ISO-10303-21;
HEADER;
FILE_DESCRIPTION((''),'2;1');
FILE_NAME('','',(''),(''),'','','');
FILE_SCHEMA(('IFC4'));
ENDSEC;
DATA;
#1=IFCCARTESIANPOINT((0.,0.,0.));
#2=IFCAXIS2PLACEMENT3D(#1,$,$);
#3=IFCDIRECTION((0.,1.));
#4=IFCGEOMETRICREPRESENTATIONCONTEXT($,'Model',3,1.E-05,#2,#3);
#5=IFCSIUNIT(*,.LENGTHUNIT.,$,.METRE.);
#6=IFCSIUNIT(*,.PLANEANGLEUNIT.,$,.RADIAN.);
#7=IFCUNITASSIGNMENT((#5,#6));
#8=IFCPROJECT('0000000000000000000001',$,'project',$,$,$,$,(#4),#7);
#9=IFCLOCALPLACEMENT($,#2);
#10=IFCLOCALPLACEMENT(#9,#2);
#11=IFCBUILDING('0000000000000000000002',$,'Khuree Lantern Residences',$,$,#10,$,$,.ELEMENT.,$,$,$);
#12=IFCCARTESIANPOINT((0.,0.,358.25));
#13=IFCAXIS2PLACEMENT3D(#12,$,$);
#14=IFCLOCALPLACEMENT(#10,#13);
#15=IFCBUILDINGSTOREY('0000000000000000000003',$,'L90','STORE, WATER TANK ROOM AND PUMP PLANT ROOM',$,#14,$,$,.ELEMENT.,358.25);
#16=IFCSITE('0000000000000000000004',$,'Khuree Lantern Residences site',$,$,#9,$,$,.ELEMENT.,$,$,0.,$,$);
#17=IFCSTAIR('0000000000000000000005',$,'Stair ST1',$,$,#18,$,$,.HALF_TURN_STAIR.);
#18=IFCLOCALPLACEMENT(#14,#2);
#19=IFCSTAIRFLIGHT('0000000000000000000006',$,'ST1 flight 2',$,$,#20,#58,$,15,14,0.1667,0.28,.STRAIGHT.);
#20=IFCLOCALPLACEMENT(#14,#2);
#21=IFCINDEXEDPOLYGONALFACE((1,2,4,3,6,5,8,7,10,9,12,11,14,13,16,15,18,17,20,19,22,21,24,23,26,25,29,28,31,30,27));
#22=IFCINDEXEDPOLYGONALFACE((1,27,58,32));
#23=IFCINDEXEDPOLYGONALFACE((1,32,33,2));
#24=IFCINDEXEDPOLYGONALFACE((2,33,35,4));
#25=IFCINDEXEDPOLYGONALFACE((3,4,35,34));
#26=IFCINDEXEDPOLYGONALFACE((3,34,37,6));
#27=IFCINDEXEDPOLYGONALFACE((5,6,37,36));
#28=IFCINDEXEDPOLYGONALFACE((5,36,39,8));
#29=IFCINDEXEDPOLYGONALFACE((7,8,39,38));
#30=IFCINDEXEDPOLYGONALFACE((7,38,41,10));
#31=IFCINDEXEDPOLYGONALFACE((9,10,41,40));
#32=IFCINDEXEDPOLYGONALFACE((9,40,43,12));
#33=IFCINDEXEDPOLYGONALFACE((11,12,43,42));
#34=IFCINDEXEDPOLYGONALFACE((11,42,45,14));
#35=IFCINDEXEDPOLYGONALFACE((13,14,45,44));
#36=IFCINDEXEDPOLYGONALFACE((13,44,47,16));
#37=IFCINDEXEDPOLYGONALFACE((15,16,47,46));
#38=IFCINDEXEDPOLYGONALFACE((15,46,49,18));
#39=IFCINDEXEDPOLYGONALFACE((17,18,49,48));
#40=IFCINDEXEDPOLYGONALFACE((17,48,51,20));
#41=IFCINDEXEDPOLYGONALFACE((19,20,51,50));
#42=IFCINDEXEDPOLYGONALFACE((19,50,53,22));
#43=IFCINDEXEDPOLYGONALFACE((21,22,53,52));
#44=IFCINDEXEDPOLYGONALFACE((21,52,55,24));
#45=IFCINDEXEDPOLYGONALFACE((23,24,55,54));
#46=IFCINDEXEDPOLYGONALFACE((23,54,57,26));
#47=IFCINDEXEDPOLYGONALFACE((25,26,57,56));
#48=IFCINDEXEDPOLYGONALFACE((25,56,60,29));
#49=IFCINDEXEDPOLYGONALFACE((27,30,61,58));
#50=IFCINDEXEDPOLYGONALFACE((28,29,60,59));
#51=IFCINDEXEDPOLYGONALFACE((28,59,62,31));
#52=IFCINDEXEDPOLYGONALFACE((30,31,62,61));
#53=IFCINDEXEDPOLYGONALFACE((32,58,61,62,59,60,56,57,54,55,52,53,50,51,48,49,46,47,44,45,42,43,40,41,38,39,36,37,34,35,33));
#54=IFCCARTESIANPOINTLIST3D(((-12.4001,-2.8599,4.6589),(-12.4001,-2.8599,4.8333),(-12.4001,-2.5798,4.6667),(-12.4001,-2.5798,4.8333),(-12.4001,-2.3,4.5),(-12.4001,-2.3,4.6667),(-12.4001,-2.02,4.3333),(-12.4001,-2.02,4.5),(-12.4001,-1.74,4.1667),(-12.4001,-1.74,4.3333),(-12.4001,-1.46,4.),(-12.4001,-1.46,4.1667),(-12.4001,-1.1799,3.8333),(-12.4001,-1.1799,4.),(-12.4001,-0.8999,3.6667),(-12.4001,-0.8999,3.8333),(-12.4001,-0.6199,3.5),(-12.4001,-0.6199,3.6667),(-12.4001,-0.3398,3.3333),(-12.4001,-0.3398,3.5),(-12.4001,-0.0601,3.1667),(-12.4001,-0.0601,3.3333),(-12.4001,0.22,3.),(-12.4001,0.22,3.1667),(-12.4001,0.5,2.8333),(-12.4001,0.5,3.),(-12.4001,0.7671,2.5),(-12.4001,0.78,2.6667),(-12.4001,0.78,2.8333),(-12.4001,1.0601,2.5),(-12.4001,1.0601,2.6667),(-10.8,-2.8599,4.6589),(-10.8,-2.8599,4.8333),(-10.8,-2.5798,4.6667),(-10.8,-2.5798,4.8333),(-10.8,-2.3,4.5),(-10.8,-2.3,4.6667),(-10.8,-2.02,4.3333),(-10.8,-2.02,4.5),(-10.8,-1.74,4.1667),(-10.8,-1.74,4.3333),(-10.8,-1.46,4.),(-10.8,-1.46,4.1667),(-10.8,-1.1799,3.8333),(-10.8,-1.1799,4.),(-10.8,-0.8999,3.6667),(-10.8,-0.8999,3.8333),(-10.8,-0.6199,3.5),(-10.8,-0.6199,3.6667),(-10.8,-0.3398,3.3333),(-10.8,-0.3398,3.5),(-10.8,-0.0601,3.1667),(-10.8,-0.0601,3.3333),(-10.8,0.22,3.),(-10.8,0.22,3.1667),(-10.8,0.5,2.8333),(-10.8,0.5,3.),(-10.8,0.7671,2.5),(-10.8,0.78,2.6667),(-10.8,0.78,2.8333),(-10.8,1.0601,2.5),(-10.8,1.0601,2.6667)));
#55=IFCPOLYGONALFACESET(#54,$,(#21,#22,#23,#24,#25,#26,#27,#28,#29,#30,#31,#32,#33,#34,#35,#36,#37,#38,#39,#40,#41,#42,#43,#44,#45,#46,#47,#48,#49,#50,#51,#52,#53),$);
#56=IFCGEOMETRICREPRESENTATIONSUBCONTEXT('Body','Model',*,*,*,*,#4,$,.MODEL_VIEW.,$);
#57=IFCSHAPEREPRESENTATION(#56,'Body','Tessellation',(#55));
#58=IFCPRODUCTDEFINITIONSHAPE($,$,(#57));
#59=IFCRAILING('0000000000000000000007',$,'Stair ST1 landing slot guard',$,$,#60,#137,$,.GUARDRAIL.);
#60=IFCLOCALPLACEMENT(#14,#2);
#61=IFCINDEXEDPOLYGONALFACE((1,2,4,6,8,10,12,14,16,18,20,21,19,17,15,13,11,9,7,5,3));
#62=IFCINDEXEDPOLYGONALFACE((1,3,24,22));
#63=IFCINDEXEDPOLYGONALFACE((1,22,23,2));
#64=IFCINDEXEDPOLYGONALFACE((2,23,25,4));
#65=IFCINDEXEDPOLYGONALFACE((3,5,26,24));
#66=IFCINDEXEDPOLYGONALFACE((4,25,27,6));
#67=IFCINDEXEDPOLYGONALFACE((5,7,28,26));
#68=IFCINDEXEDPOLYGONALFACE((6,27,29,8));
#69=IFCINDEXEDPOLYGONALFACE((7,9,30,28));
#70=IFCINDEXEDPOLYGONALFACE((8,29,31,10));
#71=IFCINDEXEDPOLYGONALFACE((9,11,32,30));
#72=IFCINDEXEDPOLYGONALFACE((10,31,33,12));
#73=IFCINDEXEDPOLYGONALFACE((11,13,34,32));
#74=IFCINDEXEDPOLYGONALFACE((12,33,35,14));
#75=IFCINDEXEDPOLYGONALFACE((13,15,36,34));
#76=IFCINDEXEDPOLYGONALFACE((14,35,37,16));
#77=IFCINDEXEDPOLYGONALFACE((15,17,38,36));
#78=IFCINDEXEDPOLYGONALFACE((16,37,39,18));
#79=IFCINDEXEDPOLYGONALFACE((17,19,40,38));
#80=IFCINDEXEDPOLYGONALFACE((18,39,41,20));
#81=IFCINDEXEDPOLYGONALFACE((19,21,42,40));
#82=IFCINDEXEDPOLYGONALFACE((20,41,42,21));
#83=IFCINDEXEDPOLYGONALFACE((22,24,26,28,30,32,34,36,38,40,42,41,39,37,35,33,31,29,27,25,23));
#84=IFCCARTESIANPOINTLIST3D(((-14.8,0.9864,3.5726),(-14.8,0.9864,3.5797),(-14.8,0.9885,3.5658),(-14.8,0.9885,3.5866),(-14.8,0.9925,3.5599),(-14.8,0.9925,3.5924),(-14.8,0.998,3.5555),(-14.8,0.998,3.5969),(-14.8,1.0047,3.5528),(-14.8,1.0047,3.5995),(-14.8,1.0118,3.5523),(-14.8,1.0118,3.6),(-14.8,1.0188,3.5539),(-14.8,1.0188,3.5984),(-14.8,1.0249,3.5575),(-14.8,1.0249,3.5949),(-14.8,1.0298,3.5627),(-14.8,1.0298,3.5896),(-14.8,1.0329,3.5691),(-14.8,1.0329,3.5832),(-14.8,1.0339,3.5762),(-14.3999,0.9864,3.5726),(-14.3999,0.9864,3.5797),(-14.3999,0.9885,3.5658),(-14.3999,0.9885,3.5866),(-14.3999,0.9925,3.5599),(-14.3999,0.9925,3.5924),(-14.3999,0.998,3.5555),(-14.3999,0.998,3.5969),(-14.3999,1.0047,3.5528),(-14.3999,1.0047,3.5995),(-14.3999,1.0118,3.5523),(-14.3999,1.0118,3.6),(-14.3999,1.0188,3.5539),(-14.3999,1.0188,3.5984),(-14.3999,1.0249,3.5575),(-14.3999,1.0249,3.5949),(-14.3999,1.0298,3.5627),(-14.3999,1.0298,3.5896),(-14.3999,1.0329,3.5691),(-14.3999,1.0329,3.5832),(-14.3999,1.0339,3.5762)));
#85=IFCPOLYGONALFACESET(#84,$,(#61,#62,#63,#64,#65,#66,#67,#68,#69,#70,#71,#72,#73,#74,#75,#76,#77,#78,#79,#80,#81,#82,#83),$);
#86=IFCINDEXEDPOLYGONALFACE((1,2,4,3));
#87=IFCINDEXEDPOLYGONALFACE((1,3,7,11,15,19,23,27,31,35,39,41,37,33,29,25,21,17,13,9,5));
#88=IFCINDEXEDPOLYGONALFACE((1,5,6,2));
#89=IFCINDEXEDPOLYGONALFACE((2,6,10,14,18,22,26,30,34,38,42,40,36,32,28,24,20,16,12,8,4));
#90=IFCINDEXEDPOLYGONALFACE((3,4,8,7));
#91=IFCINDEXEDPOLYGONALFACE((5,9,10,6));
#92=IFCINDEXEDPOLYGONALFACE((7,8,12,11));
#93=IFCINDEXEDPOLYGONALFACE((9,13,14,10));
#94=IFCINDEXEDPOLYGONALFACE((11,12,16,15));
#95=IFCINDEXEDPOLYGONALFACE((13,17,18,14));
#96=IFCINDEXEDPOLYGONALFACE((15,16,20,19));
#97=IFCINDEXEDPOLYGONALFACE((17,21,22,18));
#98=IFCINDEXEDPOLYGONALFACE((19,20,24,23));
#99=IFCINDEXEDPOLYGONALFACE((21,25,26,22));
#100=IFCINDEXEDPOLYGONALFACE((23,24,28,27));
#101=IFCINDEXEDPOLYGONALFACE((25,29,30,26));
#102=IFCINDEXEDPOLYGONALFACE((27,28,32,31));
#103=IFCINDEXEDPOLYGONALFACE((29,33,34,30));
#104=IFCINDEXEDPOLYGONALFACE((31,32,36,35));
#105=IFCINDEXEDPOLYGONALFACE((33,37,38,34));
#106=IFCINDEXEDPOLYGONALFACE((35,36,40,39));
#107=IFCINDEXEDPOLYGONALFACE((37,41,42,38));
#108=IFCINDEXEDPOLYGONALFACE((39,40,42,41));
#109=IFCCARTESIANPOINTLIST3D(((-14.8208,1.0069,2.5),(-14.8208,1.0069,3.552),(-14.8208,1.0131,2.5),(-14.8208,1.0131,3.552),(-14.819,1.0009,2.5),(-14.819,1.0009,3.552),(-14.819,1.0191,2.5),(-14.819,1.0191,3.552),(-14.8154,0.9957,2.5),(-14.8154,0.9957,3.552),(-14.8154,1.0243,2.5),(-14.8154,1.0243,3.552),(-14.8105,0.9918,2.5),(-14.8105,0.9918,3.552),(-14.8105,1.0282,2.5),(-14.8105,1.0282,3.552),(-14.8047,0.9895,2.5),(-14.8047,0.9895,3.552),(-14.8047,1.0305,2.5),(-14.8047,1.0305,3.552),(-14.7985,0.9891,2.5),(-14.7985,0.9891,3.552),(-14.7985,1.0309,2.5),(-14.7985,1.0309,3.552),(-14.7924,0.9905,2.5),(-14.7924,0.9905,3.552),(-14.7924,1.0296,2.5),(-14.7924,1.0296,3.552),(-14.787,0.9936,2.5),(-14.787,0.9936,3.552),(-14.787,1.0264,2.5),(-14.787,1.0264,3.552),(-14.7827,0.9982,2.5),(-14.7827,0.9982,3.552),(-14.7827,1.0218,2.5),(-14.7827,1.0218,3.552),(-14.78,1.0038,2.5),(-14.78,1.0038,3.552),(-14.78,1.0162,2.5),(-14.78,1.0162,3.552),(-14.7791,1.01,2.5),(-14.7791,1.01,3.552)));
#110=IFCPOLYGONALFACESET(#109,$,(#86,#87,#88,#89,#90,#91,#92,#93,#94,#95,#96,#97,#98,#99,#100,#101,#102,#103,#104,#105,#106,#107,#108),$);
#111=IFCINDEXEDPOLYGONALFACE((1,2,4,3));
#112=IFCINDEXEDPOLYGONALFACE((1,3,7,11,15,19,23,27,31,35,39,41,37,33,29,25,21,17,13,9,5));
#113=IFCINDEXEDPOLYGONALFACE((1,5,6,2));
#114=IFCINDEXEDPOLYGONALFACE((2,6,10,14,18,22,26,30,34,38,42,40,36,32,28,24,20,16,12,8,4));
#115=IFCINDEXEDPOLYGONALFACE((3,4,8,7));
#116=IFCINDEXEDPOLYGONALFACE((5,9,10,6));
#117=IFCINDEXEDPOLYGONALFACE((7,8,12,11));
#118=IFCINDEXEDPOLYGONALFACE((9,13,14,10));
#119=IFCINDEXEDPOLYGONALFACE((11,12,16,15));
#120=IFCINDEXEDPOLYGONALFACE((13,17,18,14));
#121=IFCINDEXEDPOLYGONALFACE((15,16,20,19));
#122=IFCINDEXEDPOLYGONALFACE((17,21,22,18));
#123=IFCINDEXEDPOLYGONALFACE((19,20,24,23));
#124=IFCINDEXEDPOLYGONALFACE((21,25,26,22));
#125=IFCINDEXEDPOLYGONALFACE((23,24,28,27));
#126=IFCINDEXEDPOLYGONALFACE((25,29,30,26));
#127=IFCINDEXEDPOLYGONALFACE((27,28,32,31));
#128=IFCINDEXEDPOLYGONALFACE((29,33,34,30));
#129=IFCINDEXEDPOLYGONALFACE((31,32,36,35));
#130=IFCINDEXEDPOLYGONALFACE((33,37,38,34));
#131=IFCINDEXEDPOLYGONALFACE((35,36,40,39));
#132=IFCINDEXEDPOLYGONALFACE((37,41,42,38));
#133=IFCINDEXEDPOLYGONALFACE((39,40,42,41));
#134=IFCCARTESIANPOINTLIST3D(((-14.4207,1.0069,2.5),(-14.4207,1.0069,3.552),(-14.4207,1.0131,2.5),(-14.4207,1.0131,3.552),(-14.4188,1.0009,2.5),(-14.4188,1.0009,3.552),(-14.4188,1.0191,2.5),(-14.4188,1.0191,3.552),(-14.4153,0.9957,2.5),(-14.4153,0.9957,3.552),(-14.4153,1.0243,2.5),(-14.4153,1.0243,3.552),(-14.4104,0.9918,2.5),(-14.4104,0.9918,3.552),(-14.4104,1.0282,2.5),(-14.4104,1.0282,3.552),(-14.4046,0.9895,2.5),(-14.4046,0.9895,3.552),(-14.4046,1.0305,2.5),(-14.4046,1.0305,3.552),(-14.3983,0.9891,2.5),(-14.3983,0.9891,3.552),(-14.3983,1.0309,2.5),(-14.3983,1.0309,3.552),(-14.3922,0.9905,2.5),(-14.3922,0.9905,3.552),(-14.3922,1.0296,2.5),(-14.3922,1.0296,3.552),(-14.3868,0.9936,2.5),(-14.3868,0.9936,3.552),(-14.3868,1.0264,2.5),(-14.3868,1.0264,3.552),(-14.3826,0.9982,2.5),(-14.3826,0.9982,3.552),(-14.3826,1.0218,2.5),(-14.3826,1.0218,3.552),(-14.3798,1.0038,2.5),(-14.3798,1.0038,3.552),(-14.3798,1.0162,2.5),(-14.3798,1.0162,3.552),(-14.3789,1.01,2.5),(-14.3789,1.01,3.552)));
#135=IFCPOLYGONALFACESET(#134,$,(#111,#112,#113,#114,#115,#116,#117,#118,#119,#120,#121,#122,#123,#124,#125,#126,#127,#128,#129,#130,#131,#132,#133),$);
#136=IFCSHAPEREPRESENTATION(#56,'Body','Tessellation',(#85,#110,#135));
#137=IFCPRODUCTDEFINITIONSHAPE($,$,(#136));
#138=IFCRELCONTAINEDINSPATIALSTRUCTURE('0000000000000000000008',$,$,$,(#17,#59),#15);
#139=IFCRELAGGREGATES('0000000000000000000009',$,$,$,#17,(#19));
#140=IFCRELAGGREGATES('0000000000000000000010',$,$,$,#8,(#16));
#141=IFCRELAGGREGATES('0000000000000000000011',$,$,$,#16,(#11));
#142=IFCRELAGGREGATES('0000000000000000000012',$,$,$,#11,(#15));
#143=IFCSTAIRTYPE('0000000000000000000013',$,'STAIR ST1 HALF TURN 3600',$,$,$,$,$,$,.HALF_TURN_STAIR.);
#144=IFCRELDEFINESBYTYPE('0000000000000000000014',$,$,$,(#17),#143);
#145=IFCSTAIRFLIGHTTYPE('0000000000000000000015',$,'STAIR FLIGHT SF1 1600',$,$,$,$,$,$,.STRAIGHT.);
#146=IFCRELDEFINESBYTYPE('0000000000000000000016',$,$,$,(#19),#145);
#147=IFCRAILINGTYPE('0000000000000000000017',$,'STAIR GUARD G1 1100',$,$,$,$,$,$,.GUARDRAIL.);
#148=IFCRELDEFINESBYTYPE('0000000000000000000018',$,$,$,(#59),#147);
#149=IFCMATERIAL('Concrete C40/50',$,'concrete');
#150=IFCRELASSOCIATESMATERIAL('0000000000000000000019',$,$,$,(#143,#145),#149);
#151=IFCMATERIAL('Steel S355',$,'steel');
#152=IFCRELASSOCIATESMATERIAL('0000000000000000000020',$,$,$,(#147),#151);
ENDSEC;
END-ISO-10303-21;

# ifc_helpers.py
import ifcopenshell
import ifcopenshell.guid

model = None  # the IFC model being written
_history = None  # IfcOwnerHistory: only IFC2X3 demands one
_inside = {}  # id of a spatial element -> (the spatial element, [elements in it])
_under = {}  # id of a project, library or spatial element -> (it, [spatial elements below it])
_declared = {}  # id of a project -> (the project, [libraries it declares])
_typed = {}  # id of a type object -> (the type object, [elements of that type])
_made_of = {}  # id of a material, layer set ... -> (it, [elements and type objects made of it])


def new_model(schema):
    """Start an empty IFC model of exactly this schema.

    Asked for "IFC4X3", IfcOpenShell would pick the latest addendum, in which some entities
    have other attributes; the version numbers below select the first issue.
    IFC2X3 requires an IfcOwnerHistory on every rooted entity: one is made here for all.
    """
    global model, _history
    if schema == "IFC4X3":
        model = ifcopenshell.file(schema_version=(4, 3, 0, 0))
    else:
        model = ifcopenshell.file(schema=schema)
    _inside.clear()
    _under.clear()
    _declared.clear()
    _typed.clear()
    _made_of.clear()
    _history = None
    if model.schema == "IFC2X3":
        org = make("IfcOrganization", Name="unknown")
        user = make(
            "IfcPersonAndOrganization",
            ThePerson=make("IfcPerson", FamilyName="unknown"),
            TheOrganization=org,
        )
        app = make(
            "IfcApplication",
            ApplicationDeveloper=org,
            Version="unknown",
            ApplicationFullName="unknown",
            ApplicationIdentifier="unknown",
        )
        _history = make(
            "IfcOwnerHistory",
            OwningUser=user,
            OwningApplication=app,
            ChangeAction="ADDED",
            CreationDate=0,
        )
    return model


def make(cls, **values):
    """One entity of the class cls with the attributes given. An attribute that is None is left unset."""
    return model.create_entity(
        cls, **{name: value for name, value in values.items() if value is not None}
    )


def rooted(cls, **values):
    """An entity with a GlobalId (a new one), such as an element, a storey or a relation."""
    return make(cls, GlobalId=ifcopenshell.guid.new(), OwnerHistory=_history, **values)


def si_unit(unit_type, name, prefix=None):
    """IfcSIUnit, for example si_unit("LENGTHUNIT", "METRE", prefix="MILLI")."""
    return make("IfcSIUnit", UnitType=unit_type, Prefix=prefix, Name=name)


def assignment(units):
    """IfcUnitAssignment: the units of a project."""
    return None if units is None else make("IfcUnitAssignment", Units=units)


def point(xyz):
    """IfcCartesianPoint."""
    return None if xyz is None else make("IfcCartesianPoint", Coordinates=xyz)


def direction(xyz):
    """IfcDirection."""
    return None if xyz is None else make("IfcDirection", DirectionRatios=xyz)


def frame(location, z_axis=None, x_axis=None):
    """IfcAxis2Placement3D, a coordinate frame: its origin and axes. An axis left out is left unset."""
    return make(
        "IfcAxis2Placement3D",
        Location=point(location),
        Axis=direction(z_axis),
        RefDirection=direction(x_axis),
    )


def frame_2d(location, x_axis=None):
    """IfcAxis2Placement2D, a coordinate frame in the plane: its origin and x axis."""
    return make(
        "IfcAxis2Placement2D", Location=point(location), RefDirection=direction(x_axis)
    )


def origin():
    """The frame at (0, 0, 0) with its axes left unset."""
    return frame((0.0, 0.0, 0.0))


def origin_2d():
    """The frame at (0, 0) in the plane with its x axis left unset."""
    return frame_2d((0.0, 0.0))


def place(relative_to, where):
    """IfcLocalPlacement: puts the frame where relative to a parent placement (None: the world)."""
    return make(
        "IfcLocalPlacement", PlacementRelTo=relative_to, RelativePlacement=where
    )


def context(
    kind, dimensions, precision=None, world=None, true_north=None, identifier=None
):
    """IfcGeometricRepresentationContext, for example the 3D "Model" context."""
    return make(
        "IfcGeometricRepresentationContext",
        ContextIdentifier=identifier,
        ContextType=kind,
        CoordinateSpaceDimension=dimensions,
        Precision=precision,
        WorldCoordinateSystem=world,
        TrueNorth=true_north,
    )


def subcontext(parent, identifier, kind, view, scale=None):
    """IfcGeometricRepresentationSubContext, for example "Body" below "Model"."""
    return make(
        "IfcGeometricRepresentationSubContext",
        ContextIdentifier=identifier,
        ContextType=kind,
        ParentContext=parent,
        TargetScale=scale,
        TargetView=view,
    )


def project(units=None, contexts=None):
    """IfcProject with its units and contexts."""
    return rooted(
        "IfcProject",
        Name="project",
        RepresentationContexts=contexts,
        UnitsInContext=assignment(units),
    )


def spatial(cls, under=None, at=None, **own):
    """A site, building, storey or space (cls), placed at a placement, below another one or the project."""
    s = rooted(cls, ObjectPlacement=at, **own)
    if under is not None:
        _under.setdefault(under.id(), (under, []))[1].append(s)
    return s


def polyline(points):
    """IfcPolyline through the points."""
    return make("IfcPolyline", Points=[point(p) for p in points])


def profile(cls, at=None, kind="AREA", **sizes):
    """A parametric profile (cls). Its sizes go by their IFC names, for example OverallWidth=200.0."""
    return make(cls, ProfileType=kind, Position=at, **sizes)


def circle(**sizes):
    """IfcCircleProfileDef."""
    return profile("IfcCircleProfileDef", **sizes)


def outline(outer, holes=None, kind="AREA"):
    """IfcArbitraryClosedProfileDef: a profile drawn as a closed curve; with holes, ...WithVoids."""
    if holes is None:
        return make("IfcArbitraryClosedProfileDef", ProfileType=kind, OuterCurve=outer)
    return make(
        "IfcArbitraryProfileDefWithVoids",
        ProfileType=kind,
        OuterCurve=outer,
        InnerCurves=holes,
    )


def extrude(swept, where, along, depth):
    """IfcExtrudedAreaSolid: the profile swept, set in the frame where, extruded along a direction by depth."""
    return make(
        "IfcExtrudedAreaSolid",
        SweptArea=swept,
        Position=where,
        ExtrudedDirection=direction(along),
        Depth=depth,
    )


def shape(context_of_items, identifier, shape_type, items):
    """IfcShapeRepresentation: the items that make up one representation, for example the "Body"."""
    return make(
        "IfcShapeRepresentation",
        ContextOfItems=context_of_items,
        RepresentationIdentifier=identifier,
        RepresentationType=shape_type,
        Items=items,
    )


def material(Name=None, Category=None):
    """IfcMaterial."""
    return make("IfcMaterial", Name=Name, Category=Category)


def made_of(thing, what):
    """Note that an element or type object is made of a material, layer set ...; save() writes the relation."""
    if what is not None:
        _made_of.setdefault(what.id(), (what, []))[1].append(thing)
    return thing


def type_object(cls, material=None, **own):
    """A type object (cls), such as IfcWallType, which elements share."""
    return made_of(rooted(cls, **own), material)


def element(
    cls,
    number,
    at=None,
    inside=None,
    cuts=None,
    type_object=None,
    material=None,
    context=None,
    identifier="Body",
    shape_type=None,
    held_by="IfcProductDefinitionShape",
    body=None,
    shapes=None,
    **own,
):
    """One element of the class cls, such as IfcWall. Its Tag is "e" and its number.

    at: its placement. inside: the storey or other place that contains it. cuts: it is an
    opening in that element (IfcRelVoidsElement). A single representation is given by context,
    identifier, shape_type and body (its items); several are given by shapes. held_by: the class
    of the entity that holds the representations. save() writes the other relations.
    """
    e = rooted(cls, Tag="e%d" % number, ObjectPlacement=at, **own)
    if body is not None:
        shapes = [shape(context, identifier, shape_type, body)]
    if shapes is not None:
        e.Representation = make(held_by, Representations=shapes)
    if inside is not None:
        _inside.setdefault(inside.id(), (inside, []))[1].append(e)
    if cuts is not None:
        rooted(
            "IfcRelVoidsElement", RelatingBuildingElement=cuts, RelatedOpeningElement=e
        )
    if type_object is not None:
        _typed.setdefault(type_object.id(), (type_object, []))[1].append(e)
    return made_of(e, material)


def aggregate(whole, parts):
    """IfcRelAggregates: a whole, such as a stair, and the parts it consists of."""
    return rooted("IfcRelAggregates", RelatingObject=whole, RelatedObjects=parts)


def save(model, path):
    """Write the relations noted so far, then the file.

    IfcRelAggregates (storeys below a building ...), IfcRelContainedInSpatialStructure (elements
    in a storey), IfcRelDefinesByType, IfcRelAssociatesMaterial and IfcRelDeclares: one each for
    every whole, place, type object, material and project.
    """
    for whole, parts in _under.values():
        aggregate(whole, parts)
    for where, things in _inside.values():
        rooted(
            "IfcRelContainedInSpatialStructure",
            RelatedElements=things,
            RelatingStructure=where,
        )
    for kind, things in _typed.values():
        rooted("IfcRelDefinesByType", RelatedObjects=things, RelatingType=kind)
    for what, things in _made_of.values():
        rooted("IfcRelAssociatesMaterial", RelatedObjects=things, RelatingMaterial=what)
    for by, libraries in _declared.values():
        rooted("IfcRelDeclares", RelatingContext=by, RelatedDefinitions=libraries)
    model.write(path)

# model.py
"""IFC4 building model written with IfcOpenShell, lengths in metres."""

from ifc_helpers import new_model, si_unit, direction, frame, origin, origin_2d, place, context, subcontext, project, spatial, polyline, circle, outline, extrude, material, type_object, element, aggregate, save


model = new_model("IFC4")

# Units and contexts
model_context = context("Model", 3, precision=1e-05, world=origin(), true_north=direction((0.0, 1.0)))
body_context = subcontext(model_context, "Body", "Model", "MODEL_VIEW")
ifc_project = project(units=[si_unit("LENGTHUNIT", "METRE"), si_unit("PLANEANGLEUNIT", "RADIAN")], contexts=[model_context])

# Site, building, storey
site_placement = place(None, origin())
site = spatial("IfcSite", under=ifc_project, at=site_placement, Name="Khuree Lantern Residences site", CompositionType="ELEMENT", RefElevation=0.0)
building_placement = place(site_placement, origin())
building = spatial("IfcBuilding", under=site, at=building_placement, Name="Khuree Lantern Residences", CompositionType="ELEMENT")
storey_placement = place(building_placement, frame((0.0, 0.0, 358.25)))
storey = spatial("IfcBuildingStorey", under=building, at=storey_placement, Name="L90", Description="STORE, WATER TANK ROOM AND PUMP PLANT ROOM", CompositionType="ELEMENT", Elevation=358.25)

# Shared definitions
ifc_material_1 = material(Name="Steel S355", Category="steel")

# Stair, stair flight
ifc_material_2 = material(Name="Concrete C40/50", Category="concrete")
stair_type = type_object("IfcStairType", Name="STAIR ST1 HALF TURN 3600", PredefinedType="HALF_TURN_STAIR", material=ifc_material_2)
stair_placement = place(storey_placement, origin())
stair = element("IfcStair", 1, at=stair_placement, inside=storey, type_object=stair_type, Name="Stair ST1", PredefinedType="HALF_TURN_STAIR")
stair_flight_type = type_object("IfcStairFlightType", Name="STAIR FLIGHT SF1 1600", PredefinedType="STRAIGHT", material=ifc_material_2)
stair_flight_placement = place(storey_placement, frame((-11.6001, 1.0601, 2.5), z_axis=(0.0, 0.0, 1.0), x_axis=(0.0, -1.0, 0.0)))
stair_flight = element("IfcStairFlight", 2, at=stair_flight_placement, type_object=stair_flight_type, Name="ST1 flight 2", NumberOfRisers=15, NumberOfTreads=14, PredefinedType="STRAIGHT", RiserHeight=0.1667, TreadLength=0.28, context=body_context, shape_type="SweptSolid", body=[
    extrude(outline(polyline([(0.0, 0.0), (0.0, 0.1667), (0.28, 0.1667), (0.28, 0.3333), (0.5601, 0.3333), (0.5601, 0.5), (0.8401, 0.5), (0.8401, 0.6667), (1.1201, 0.6667), (1.1201, 0.8333), (1.3999, 0.8333), (1.3999, 1.0), (1.6799, 1.0), (1.6799, 1.1667), (1.96, 1.1667), (1.96, 1.3333), (2.24, 1.3333), (2.24, 1.5), (2.52, 1.5), (2.52, 1.6667), (2.8, 1.6667), (2.8, 1.8333), (3.0801, 1.8333), (3.0801, 2.0), (3.3601, 2.0), (3.3601, 2.1667), (3.6399, 2.1667), (3.6399, 2.3333), (3.9199, 2.3333), (3.9199, 2.5), (3.9199, 2.1589), (0.293, 0.0), (0.0, 0.0)])), frame((0.0, 0.8, 0.0), z_axis=(0.0, -1.0, 0.0), x_axis=(1.0, 0.0, 0.0)), (0.0, 0.0, 1.0), 1.6001),
])
aggregate(stair, [stair_flight])

# Railing
railing_type_1 = type_object("IfcRailingType", Name="STAIR GUARD G1 1100", PredefinedType="GUARDRAIL", material=ifc_material_1)
railing_1_placement = place(storey_placement, frame((-14.8, 1.01, 2.5)))
element("IfcRailing", 3, at=railing_1_placement, inside=storey, type_object=railing_type_1, Name="Stair ST1 landing slot guard", PredefinedType="GUARDRAIL", context=body_context, shape_type="SweptSolid", body=[
    extrude(circle(Radius=0.0239, at=origin_2d()), frame((0.0, 0.0, 1.0762), z_axis=(1.0, 0.0, 0.0), x_axis=(0.0, 1.0, 0.0)), (0.0, 0.0, 1.0), 0.4001),
    extrude(circle(Radius=0.021, at=origin_2d()), origin(), (0.0, 0.0, 1.0), 1.052),
    extrude(circle(Radius=0.021, at=origin_2d()), frame((0.4001, 0.0, 0.0)), (0.0, 0.0, 1.0), 1.052),
])

save(model, "model.ifc")
